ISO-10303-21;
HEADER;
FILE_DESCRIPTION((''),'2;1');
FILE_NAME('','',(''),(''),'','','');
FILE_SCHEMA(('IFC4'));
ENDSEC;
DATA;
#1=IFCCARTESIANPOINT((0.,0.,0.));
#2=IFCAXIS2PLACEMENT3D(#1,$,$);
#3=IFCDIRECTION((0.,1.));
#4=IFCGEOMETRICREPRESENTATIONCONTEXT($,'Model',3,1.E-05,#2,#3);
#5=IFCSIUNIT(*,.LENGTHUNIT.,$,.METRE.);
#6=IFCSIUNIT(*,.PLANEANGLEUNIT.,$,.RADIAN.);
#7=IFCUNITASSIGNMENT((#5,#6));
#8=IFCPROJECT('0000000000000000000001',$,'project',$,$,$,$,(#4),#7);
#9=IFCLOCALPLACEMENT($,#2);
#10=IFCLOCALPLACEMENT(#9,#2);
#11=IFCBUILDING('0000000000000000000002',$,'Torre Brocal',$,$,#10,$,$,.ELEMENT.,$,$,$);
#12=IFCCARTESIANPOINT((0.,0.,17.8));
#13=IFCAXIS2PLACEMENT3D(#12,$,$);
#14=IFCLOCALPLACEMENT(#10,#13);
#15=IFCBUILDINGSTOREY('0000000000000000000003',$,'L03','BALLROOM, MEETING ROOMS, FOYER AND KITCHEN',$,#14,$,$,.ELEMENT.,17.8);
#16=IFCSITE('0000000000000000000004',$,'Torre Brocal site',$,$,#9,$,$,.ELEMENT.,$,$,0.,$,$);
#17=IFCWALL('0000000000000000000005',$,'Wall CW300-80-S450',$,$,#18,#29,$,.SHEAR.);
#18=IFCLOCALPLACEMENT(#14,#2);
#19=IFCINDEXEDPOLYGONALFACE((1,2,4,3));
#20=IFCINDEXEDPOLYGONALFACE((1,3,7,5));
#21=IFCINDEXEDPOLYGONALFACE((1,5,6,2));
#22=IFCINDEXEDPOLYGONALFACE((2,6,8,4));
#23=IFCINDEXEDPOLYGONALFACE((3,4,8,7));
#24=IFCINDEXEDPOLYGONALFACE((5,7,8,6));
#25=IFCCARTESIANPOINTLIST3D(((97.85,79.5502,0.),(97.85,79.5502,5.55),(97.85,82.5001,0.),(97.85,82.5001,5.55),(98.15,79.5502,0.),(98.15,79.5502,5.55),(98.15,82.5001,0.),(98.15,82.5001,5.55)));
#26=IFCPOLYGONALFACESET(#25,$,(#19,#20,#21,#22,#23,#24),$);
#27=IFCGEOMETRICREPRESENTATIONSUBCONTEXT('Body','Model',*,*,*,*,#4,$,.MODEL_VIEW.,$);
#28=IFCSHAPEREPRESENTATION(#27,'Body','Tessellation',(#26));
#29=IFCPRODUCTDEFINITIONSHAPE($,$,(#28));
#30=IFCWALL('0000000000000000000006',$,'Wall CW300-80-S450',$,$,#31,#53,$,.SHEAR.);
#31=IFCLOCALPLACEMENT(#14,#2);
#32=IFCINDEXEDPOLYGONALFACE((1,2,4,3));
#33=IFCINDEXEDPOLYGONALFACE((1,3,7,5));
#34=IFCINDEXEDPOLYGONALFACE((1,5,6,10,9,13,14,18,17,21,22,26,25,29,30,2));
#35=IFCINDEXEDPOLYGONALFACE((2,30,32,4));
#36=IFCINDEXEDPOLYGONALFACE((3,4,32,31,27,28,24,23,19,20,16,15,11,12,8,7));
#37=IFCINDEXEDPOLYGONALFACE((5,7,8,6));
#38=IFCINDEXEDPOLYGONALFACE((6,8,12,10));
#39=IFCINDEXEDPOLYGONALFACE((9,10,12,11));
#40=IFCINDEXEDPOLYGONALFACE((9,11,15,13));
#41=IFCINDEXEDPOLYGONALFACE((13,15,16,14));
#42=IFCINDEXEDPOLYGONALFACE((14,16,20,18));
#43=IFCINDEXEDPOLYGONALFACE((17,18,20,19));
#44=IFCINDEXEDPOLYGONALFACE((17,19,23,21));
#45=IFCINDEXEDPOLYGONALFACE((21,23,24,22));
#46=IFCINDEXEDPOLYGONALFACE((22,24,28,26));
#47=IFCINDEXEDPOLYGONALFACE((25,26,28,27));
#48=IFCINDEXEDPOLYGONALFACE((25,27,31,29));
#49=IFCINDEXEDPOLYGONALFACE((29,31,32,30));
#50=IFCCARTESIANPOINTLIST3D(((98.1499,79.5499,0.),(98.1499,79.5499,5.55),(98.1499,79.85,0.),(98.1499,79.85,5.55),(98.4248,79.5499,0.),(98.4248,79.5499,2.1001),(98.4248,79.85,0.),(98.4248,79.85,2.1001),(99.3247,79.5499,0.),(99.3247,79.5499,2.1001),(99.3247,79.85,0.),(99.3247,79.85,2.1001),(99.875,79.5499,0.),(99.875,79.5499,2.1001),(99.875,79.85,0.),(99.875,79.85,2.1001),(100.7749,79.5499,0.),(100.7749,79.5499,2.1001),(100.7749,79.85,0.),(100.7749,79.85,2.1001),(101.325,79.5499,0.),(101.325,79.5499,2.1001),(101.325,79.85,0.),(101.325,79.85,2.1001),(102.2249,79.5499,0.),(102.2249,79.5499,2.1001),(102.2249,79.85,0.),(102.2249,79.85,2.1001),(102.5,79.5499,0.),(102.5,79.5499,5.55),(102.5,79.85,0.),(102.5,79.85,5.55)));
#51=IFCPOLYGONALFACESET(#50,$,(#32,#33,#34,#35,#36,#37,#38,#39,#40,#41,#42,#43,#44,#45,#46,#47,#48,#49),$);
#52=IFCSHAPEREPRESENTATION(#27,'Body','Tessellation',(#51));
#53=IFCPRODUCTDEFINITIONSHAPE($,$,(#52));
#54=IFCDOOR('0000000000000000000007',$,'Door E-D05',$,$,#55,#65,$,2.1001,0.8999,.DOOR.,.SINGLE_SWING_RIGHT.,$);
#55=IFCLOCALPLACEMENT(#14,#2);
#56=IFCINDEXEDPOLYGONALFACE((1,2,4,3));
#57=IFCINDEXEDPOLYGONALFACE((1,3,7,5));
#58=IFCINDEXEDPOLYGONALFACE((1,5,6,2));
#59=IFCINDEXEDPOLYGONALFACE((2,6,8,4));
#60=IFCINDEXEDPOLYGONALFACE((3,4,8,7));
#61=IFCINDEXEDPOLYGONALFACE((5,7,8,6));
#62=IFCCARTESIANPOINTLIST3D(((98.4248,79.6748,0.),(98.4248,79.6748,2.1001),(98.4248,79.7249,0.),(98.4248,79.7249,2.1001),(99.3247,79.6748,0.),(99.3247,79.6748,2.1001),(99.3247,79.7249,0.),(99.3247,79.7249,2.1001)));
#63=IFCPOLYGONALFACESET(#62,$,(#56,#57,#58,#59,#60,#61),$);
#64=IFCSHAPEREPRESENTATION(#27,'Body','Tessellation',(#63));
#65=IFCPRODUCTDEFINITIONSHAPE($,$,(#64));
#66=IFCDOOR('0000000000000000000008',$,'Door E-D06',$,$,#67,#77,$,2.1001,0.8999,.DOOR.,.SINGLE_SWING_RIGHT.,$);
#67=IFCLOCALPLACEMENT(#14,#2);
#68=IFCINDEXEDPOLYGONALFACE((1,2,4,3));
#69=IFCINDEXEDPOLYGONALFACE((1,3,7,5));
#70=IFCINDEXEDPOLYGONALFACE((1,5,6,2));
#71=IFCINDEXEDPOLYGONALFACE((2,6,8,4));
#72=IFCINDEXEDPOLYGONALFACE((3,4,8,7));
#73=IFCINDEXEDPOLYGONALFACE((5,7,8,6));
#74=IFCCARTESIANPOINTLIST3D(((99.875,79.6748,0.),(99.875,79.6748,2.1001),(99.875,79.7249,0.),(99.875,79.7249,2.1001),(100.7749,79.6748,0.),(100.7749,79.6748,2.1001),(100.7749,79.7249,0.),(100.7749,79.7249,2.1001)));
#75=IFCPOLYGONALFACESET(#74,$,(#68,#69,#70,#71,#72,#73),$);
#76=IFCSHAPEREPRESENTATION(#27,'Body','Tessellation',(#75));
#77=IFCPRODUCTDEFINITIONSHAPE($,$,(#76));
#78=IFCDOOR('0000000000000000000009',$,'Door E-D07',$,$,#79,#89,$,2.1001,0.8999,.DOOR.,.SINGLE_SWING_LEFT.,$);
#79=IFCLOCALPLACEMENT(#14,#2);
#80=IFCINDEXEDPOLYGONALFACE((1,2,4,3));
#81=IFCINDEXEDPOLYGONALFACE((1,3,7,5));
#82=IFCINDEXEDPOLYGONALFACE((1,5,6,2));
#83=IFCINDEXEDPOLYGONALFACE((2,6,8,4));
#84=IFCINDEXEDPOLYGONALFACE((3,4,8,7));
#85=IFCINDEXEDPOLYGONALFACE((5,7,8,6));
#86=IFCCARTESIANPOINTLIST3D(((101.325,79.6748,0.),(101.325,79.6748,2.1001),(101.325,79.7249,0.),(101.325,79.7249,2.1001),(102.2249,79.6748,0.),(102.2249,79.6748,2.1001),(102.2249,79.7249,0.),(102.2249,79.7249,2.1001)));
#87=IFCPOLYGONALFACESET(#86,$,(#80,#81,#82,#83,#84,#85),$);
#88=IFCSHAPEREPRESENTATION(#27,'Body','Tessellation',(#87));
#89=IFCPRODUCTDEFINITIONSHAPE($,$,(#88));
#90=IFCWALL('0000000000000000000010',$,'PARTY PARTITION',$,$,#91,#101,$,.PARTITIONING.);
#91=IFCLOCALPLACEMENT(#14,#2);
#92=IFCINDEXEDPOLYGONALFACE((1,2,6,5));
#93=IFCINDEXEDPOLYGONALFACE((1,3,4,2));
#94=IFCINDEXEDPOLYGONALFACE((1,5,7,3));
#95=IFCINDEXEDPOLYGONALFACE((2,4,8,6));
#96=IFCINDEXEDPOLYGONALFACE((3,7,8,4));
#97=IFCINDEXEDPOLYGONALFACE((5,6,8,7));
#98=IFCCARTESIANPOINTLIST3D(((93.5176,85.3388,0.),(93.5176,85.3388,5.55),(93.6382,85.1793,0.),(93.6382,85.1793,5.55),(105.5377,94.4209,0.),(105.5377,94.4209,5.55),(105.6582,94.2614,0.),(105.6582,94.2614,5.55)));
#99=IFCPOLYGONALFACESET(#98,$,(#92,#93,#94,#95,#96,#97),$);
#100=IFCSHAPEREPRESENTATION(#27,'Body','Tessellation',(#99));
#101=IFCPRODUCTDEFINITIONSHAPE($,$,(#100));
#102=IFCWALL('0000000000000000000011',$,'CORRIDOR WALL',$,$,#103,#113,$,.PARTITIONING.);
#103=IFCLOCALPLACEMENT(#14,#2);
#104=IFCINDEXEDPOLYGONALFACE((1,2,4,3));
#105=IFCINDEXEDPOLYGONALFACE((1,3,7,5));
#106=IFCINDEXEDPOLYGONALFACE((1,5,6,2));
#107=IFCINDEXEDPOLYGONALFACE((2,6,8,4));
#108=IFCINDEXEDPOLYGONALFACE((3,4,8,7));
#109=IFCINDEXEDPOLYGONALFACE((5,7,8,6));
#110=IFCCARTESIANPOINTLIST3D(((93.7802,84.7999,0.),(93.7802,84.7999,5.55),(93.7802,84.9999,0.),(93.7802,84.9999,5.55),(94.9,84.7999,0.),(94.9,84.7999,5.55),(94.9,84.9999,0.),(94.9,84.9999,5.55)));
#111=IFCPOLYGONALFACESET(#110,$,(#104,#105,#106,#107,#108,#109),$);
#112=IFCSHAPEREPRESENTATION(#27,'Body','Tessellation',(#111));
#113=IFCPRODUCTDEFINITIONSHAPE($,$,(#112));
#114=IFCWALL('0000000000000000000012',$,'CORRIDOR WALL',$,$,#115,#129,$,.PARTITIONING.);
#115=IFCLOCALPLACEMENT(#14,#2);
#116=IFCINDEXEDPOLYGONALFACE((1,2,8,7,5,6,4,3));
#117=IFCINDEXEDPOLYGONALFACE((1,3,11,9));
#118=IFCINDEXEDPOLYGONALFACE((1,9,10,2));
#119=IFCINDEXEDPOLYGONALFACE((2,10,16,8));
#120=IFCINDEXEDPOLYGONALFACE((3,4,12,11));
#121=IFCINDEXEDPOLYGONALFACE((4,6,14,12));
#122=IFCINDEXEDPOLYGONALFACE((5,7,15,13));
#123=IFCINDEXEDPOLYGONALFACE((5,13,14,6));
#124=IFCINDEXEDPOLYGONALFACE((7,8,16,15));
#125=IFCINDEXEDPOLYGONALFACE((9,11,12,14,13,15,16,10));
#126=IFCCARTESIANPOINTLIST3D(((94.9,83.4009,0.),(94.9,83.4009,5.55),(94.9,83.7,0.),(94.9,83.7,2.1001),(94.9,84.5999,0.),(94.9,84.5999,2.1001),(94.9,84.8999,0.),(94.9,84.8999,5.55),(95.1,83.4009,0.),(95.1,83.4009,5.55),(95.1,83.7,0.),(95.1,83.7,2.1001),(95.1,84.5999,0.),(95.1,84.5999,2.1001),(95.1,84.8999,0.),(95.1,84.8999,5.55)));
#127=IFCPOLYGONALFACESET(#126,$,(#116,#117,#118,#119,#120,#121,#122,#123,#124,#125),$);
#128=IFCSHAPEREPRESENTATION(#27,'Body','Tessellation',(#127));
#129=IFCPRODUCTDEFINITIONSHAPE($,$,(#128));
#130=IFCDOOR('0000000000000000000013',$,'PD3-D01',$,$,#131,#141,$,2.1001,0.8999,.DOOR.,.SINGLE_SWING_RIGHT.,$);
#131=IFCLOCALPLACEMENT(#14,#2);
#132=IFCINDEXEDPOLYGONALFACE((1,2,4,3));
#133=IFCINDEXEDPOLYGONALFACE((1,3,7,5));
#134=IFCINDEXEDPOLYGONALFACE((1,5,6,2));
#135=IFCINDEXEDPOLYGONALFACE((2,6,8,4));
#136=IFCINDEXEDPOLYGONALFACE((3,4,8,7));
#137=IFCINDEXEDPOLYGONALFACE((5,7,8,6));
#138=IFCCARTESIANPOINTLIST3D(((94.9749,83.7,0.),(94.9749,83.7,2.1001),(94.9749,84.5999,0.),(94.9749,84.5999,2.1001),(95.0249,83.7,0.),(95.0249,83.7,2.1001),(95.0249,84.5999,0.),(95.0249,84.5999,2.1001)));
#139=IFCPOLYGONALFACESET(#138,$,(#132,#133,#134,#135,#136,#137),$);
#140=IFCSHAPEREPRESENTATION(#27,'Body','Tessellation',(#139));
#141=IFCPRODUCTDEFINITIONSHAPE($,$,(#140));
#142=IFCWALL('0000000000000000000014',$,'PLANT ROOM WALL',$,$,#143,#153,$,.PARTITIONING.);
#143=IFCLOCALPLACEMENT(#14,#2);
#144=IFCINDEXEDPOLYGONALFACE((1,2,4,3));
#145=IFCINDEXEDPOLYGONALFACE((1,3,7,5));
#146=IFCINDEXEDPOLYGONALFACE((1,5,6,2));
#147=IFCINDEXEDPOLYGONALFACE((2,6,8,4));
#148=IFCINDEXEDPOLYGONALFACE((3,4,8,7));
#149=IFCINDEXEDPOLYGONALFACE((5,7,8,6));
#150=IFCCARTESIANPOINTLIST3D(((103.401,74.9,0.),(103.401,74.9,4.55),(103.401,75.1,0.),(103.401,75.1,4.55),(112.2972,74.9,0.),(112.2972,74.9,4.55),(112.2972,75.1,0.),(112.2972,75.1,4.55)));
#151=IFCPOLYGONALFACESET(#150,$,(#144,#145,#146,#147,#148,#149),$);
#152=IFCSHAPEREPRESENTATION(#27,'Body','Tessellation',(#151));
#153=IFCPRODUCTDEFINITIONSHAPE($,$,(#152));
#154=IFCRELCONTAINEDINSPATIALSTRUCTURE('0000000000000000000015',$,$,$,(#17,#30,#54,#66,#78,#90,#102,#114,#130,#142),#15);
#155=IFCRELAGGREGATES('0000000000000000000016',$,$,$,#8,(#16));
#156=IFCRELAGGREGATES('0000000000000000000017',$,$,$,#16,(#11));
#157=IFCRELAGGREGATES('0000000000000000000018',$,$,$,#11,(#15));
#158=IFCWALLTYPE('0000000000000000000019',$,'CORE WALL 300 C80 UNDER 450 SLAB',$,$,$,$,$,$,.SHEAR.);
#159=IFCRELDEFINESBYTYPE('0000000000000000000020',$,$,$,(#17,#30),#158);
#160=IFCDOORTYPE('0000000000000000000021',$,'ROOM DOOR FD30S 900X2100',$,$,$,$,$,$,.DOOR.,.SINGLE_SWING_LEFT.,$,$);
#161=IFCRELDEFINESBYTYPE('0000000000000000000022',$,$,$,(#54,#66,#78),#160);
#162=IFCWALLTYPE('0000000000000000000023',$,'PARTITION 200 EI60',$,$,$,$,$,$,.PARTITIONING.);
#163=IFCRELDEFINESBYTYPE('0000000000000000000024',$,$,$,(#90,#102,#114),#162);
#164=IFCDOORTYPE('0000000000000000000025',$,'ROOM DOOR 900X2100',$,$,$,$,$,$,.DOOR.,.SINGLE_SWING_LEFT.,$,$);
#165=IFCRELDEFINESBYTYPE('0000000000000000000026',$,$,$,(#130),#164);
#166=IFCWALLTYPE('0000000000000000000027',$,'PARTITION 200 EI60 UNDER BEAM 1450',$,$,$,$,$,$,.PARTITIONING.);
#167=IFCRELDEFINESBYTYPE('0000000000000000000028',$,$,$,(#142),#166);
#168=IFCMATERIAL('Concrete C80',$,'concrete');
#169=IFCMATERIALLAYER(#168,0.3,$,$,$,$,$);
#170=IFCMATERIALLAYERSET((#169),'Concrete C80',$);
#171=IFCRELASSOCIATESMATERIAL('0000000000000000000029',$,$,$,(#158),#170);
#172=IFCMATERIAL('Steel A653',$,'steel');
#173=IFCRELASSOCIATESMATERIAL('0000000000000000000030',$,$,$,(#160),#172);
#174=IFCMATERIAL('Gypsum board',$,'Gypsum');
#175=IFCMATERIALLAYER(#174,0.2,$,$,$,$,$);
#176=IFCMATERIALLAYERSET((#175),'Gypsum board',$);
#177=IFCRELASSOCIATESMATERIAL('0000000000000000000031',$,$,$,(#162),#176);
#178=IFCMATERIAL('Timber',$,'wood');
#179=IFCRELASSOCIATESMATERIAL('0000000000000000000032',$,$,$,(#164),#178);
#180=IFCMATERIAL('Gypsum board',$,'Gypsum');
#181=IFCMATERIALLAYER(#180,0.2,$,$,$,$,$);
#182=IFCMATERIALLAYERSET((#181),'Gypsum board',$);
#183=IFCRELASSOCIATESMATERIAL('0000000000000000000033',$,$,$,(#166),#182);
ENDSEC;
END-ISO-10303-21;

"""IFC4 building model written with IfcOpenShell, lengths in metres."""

from ifc_helpers import new_model, si_unit, direction, frame, frame_2d, origin, place, context, subcontext, project, spatial, rectangle, extrude, material, layer, layer_set, type_object, element, fill, save


model = new_model("IFC4")

# Units and contexts
model_context = context("Model", 3, precision=1e-05, world=origin(), true_north=direction((0.0, 1.0)))
body_context = subcontext(model_context, "Body", "Model", "MODEL_VIEW")
ifc_project = project(units=[si_unit("LENGTHUNIT", "METRE"), si_unit("PLANEANGLEUNIT", "RADIAN")], contexts=[model_context])

# Site, building, storey
site_placement = place(None, origin())
site = spatial("IfcSite", under=ifc_project, at=site_placement, Name="Torre Brocal site", CompositionType="ELEMENT", RefElevation=0.0)
building_placement = place(site_placement, origin())
building = spatial("IfcBuilding", under=site, at=building_placement, Name="Torre Brocal", CompositionType="ELEMENT")
storey_placement = place(building_placement, frame((0.0, 0.0, 17.8)))
storey = spatial("IfcBuildingStorey", under=building, at=storey_placement, Name="L03", Description="BALLROOM, MEETING ROOMS, FOYER AND KITCHEN", CompositionType="ELEMENT", Elevation=17.8)

# Wall
ifc_material_1 = material(Name="Concrete C80", Category="concrete")
ifc_layer_1 = layer(ifc_material_1, 0.3)
ifc_layer_set_1 = layer_set([ifc_layer_1], Name="Concrete C80")
wall_type_1 = type_object("IfcWallType", Name="CORE WALL 300 C80 UNDER 450 SLAB", PredefinedType="SHEAR", material=ifc_layer_set_1)
wall_1_placement = place(storey_placement, frame((98.0, 79.55, 0.0), z_axis=(0.0, 0.0, 1.0), x_axis=(0.0, 1.0, 0.0)))
element("IfcWall", 1, at=wall_1_placement, inside=storey, type_object=wall_type_1, Name="Wall CW300-80-S450", PredefinedType="SHEAR", context=body_context, shape_type="SweptSolid", body=[
    extrude(rectangle(XDim=2.95, YDim=0.3, at=frame_2d((1.4751, 0.0))), origin(), (0.0, 0.0, 1.0), 5.55),
])

# Wall, openings, doors
wall_2_placement = place(storey_placement, frame((98.1499, 79.7, 0.0), z_axis=(0.0, 0.0, 1.0), x_axis=(1.0, 0.0, 0.0)))
wall_2 = element("IfcWall", 2, at=wall_2_placement, inside=storey, type_object=wall_type_1, Name="Wall CW300-80-S450", PredefinedType="SHEAR", context=body_context, shape_type="SweptSolid", body=[
    extrude(rectangle(XDim=4.3501, YDim=0.3, at=frame_2d((2.175, 0.0))), origin(), (0.0, 0.0, 1.0), 5.55),
])
opening_1_placement = place(wall_2_placement, frame((0.2749, 0.0, 0.0)))
opening_1 = element("IfcOpeningElement", 3, at=opening_1_placement, cuts=wall_2, PredefinedType="OPENING", context=body_context, shape_type="SweptSolid", body=[
    extrude(rectangle(XDim=0.8999, YDim=2.1001, at=frame_2d((0.45, 1.05))), frame((0.0, 0.1599, 0.0), z_axis=(0.0, -1.0, 0.0), x_axis=(1.0, 0.0, 0.0)), (0.0, 0.0, 1.0), 0.3201),
])
opening_2_placement = place(wall_2_placement, frame((1.7251, 0.0, 0.0)))
opening_2 = element("IfcOpeningElement", 4, at=opening_2_placement, cuts=wall_2, PredefinedType="OPENING", context=body_context, shape_type="SweptSolid", body=[
    extrude(rectangle(XDim=0.8999, YDim=2.1001, at=frame_2d((0.45, 1.05))), frame((0.0, 0.1599, 0.0), z_axis=(0.0, -1.0, 0.0), x_axis=(1.0, 0.0, 0.0)), (0.0, 0.0, 1.0), 0.3201),
])
opening_3_placement = place(wall_2_placement, frame((3.175, 0.0, 0.0)))
opening_3 = element("IfcOpeningElement", 5, at=opening_3_placement, cuts=wall_2, PredefinedType="OPENING", context=body_context, shape_type="SweptSolid", body=[
    extrude(rectangle(XDim=0.8999, YDim=2.1001, at=frame_2d((0.45, 1.05))), frame((0.0, 0.1599, 0.0), z_axis=(0.0, -1.0, 0.0), x_axis=(1.0, 0.0, 0.0)), (0.0, 0.0, 1.0), 0.3201),
])
ifc_material_2 = material(Name="Steel A653", Category="steel")
door_type_1 = type_object("IfcDoorType", Name="ROOM DOOR FD30S 900X2100", OperationType="SINGLE_SWING_LEFT", PredefinedType="DOOR", material=ifc_material_2)
door_1_placement = place(opening_1_placement, origin())
door_1 = element("IfcDoor", 6, at=door_1_placement, inside=storey, type_object=door_type_1, Name="Door E-D05", OperationType="SINGLE_SWING_RIGHT", OverallHeight=2.1001, OverallWidth=0.8999, PredefinedType="DOOR", context=body_context, shape_type="SweptSolid", body=[
    extrude(rectangle(XDim=0.8999, YDim=2.1001, at=frame_2d((0.45, 1.05))), frame((0.0, 0.0249, 0.0), z_axis=(0.0, -1.0, 0.0), x_axis=(1.0, 0.0, 0.0)), (0.0, 0.0, 1.0), 0.05),
])
fill(opening_1, door_1)
door_2_placement = place(opening_2_placement, origin())
door_2 = element("IfcDoor", 7, at=door_2_placement, inside=storey, type_object=door_type_1, Name="Door E-D06", OperationType="SINGLE_SWING_RIGHT", OverallHeight=2.1001, OverallWidth=0.8999, PredefinedType="DOOR", context=body_context, shape_type="SweptSolid", body=[
    extrude(rectangle(XDim=0.8999, YDim=2.1001, at=frame_2d((0.45, 1.05))), frame((0.0, 0.0249, 0.0), z_axis=(0.0, -1.0, 0.0), x_axis=(1.0, 0.0, 0.0)), (0.0, 0.0, 1.0), 0.05),
])
fill(opening_2, door_2)
door_3_placement = place(opening_3_placement, origin())
door_3 = element("IfcDoor", 8, at=door_3_placement, inside=storey, type_object=door_type_1, Name="Door E-D07", OperationType="SINGLE_SWING_LEFT", OverallHeight=2.1001, OverallWidth=0.8999, PredefinedType="DOOR", context=body_context, shape_type="SweptSolid", body=[
    extrude(rectangle(XDim=0.8999, YDim=2.1001, at=frame_2d((0.45, 1.05))), frame((0.0, 0.0249, 0.0), z_axis=(0.0, -1.0, 0.0), x_axis=(1.0, 0.0, 0.0)), (0.0, 0.0, 1.0), 0.05),
])
fill(opening_3, door_3)

# Walls
ifc_material_3 = material(Name="Gypsum board", Category="Gypsum")
ifc_layer_2 = layer(ifc_material_3, 0.2)
ifc_layer_set_2 = layer_set([ifc_layer_2], Name="Gypsum board")
wall_type_2 = type_object("IfcWallType", Name="PARTITION 200 EI60", PredefinedType="PARTITIONING", material=ifc_layer_set_2)
wall_3_placement = place(storey_placement, frame((93.5779, 85.259, 0.0), z_axis=(0.0, 0.0, 1.0), x_axis=(0.79786, 0.602843, 0.0)))
element("IfcWall", 9, at=wall_3_placement, inside=storey, type_object=wall_type_2, Name="PARTY PARTITION", PredefinedType="PARTITIONING", context=body_context, shape_type="SweptSolid", body=[
    extrude(rectangle(XDim=15.0654, YDim=0.2, at=frame_2d((7.5327, 0.0))), origin(), (0.0, 0.0, 1.0), 5.55),
])
wall_4_placement = place(storey_placement, frame((93.78, 84.8999, 0.0), z_axis=(0.0, 0.0, 1.0), x_axis=(1.0, 0.0, 0.0)))
element("IfcWall", 10, at=wall_4_placement, inside=storey, type_object=wall_type_2, Name="CORRIDOR WALL", PredefinedType="PARTITIONING", context=body_context, shape_type="SweptSolid", body=[
    extrude(rectangle(XDim=1.1199, YDim=0.2, at=frame_2d((0.5601, 0.0))), origin(), (0.0, 0.0, 1.0), 5.55),
])

# Wall, opening, door
wall_5_placement = place(storey_placement, frame((95.0, 83.4009, 0.0), z_axis=(0.0, 0.0, 1.0), x_axis=(0.0, 1.0, 0.0)))
wall_5 = element("IfcWall", 11, at=wall_5_placement, inside=storey, type_object=wall_type_2, Name="CORRIDOR WALL", PredefinedType="PARTITIONING", context=body_context, shape_type="SweptSolid", body=[
    extrude(rectangle(XDim=1.499, YDim=0.2, at=frame_2d((0.7495, 0.0))), origin(), (0.0, 0.0, 1.0), 5.55),
])
opening_4_placement = place(wall_5_placement, frame((0.2991, 0.0, 0.0)))
opening_4 = element("IfcOpeningElement", 12, at=opening_4_placement, cuts=wall_5, PredefinedType="OPENING", context=body_context, shape_type="SweptSolid", body=[
    extrude(rectangle(XDim=0.8999, YDim=2.1001, at=frame_2d((0.45, 1.05))), frame((0.0, 0.1099, 0.0), z_axis=(0.0, -1.0, 0.0), x_axis=(1.0, 0.0, 0.0)), (0.0, 0.0, 1.0), 0.22),
])
ifc_material_4 = material(Name="Timber", Category="wood")
door_type_2 = type_object("IfcDoorType", Name="ROOM DOOR 900X2100", OperationType="SINGLE_SWING_LEFT", PredefinedType="DOOR", material=ifc_material_4)
door_4_placement = place(opening_4_placement, frame((0.8999, 0.0, 0.0), z_axis=(0.0, 0.0, 1.0), x_axis=(-1.0, 0.0, 0.0)))
door_4 = element("IfcDoor", 13, at=door_4_placement, inside=storey, type_object=door_type_2, Name="PD3-D01", OperationType="SINGLE_SWING_RIGHT", OverallHeight=2.1001, OverallWidth=0.8999, PredefinedType="DOOR", context=body_context, shape_type="SweptSolid", body=[
    extrude(rectangle(XDim=0.8999, YDim=2.1001, at=frame_2d((0.45, 1.05))), frame((0.0, 0.0249, 0.0), z_axis=(0.0, -1.0, 0.0), x_axis=(1.0, 0.0, 0.0)), (0.0, 0.0, 1.0), 0.05),
])
fill(opening_4, door_4)

# Wall
ifc_material_5 = material(Name="Gypsum board", Category="Gypsum")
ifc_layer_3 = layer(ifc_material_5, 0.2)
ifc_layer_set_3 = layer_set([ifc_layer_3], Name="Gypsum board")
wall_type_3 = type_object("IfcWallType", Name="PARTITION 200 EI60 UNDER BEAM 1450", PredefinedType="PARTITIONING", material=ifc_layer_set_3)
wall_6_placement = place(storey_placement, frame((103.4009, 75.0, 0.0), z_axis=(0.0, 0.0, 1.0), x_axis=(1.0, 0.0, 0.0)))
element("IfcWall", 14, at=wall_6_placement, inside=storey, type_object=wall_type_3, Name="PLANT ROOM WALL", PredefinedType="PARTITIONING", context=body_context, shape_type="SweptSolid", body=[
    extrude(rectangle(XDim=8.8962, YDim=0.2, at=frame_2d((4.4482, 0.0))), origin(), (0.0, 0.0, 1.0), 4.55),
])

save(model, "model.ifc")
